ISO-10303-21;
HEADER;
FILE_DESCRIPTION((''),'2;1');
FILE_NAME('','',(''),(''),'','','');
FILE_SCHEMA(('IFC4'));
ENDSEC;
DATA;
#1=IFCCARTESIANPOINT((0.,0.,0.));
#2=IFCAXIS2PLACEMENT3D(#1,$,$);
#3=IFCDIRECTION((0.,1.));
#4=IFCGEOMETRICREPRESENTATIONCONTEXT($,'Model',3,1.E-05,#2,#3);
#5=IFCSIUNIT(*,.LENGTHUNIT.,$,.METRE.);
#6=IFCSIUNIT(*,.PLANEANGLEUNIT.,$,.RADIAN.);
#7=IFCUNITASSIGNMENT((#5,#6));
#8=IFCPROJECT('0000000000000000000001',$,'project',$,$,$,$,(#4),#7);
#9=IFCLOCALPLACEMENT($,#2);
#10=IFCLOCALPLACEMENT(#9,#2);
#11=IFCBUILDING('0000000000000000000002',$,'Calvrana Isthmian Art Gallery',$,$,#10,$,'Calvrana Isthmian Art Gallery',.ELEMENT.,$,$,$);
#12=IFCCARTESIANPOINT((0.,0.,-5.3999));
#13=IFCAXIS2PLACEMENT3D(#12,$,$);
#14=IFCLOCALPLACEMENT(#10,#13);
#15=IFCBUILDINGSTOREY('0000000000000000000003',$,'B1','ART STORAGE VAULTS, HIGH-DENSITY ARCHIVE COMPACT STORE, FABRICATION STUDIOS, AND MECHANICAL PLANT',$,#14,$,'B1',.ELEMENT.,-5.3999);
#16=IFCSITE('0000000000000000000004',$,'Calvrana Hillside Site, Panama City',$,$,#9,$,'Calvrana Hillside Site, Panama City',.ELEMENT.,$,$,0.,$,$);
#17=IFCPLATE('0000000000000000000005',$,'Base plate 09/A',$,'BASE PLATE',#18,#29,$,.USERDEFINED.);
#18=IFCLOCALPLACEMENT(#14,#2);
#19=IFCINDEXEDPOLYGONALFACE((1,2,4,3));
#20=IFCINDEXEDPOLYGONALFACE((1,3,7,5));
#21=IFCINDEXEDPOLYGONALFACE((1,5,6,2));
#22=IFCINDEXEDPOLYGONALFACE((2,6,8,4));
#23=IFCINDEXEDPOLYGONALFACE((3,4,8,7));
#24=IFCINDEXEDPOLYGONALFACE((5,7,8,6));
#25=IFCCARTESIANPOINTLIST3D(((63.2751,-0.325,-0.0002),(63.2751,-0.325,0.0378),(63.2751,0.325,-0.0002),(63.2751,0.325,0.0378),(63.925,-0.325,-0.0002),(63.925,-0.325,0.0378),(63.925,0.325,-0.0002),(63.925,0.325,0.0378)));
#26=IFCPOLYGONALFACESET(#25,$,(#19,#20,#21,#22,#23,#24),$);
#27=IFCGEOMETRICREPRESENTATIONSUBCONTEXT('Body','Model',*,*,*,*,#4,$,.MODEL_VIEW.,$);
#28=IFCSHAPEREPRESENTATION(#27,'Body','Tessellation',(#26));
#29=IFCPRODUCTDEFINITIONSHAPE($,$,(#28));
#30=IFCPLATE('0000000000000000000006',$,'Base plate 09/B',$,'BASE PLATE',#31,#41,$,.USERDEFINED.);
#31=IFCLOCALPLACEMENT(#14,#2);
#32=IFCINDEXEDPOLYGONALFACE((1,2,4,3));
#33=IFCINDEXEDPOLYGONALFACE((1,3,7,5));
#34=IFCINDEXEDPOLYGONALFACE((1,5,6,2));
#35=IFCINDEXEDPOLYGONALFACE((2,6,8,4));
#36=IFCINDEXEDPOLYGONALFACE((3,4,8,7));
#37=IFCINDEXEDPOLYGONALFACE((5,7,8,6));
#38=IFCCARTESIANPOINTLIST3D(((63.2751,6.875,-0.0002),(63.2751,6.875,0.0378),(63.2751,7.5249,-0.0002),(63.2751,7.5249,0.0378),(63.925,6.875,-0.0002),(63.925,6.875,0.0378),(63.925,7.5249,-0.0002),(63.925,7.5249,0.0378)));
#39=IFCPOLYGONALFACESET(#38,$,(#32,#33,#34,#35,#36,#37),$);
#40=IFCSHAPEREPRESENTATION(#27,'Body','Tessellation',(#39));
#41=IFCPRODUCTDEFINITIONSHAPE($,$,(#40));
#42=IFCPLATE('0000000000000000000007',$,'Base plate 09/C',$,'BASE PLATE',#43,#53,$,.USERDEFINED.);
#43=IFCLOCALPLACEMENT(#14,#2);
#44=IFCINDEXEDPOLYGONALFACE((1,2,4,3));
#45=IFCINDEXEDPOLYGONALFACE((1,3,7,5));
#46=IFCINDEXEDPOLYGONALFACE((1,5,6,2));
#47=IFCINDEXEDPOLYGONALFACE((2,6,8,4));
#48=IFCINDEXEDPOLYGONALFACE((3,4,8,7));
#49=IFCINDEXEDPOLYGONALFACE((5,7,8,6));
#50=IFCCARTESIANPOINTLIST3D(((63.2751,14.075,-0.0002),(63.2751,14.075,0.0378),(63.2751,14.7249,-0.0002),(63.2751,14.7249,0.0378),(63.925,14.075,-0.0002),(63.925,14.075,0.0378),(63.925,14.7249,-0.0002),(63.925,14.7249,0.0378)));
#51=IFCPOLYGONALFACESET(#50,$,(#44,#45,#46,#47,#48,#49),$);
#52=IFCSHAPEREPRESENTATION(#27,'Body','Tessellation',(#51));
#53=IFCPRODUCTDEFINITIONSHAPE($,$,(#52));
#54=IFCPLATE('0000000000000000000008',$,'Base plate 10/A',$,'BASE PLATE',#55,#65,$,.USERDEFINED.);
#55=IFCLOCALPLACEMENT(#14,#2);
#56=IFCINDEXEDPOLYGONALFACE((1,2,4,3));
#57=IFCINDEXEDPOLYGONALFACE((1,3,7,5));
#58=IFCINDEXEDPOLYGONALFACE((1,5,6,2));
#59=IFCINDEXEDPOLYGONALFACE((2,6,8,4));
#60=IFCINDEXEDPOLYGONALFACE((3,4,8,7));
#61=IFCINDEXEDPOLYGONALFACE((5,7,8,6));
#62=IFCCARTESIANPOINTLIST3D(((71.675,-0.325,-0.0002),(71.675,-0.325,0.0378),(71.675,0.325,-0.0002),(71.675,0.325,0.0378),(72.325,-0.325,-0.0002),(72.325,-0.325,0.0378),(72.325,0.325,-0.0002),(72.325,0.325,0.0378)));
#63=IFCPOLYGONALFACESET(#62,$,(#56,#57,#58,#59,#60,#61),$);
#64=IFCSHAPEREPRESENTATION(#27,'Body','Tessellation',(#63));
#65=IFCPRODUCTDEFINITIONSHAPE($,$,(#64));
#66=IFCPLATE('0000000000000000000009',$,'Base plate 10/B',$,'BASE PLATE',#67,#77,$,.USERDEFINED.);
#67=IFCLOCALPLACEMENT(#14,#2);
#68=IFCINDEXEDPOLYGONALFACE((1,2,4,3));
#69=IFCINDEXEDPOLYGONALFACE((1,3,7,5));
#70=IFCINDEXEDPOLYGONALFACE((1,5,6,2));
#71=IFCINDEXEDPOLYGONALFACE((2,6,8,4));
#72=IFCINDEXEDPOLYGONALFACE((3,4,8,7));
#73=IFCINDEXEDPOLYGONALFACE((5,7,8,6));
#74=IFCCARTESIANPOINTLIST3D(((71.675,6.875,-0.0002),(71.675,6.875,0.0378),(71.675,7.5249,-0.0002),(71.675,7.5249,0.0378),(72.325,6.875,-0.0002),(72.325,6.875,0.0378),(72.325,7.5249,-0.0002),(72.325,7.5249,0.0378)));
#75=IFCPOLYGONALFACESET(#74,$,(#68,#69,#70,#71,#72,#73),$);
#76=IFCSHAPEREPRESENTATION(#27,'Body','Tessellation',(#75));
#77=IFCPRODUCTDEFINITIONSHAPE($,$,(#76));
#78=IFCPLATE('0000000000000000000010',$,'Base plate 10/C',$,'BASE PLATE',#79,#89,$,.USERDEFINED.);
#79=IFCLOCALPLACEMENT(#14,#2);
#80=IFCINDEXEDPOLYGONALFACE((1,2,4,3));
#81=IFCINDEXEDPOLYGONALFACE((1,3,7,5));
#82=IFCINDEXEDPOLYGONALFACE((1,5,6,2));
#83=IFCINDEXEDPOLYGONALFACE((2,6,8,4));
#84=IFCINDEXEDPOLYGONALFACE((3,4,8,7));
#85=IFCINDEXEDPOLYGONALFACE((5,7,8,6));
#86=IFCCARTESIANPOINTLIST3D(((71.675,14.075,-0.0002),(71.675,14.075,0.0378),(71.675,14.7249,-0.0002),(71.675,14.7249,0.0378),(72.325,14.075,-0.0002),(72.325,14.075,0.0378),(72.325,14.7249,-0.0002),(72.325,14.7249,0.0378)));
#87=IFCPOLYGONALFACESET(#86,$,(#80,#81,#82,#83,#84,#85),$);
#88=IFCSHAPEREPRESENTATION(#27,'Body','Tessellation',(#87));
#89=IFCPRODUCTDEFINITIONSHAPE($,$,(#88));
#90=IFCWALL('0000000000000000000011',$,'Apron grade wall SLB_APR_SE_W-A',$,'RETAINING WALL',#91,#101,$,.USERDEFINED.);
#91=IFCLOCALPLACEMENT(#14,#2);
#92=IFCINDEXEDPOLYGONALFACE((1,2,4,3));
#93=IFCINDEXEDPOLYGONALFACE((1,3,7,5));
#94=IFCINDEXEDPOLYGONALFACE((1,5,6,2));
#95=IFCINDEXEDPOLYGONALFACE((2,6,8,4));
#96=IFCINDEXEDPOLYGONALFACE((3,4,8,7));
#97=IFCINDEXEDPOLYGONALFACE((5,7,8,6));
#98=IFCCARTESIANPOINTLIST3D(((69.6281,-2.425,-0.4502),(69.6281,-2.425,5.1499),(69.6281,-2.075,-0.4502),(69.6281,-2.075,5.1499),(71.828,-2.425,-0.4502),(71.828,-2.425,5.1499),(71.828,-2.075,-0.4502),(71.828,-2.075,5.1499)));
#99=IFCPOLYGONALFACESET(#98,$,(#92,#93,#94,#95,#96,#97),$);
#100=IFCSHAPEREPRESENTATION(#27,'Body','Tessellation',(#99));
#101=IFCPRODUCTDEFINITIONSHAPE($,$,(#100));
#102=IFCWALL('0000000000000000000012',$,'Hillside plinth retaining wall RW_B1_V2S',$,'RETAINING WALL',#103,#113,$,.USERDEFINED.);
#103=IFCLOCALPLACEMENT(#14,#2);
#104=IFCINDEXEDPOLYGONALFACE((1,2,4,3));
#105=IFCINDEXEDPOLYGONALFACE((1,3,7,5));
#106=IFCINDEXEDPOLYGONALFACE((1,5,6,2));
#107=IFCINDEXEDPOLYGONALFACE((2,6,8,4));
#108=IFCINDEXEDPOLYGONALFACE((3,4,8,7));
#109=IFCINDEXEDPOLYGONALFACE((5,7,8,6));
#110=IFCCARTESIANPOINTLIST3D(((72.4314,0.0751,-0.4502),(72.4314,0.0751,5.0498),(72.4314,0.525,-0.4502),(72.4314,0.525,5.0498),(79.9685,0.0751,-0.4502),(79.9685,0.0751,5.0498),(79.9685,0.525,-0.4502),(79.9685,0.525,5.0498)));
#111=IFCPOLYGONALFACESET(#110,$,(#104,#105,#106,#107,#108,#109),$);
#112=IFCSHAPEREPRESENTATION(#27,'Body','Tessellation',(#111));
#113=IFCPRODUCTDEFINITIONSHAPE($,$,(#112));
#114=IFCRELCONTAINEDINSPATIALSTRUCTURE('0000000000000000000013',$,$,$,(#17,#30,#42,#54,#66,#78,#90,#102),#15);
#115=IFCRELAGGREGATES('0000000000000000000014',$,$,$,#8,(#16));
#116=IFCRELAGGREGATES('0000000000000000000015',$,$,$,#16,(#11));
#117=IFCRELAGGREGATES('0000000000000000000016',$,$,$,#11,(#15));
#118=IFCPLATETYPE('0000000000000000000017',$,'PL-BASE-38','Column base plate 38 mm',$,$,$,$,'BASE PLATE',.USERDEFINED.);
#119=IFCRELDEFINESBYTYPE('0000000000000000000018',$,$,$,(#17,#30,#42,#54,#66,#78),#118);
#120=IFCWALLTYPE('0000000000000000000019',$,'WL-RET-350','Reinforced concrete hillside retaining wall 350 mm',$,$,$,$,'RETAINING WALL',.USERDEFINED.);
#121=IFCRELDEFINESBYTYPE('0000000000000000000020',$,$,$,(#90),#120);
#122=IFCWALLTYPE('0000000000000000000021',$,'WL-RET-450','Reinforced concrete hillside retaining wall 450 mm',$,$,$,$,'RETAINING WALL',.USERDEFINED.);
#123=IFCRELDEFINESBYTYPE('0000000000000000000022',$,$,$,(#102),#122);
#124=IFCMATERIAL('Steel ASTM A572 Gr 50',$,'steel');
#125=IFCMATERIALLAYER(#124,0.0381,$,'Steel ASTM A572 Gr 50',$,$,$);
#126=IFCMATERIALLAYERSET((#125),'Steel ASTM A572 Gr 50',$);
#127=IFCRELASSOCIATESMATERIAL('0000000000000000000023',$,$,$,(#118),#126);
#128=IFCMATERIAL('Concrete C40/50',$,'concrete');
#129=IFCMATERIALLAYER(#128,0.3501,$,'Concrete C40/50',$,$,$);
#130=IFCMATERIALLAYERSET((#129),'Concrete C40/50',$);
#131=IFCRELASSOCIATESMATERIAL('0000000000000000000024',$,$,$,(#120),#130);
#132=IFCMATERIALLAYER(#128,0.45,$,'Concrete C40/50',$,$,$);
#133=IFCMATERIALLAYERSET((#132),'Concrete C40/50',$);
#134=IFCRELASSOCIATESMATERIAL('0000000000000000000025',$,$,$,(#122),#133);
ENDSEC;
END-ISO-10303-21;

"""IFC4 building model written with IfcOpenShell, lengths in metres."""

from ifc_helpers import new_model, si_unit, direction, frame, frame_2d, origin, origin_2d, place, context, subcontext, project, spatial, rectangle, extrude, material, layer, layer_set, type_object, element, save


model = new_model("IFC4")

# Units and contexts
model_context = context("Model", 3, precision=1e-05, world=origin(), true_north=direction((0.0, 1.0)))
body_context = subcontext(model_context, "Body", "Model", "MODEL_VIEW")
ifc_project = project(units=[si_unit("LENGTHUNIT", "METRE"), si_unit("PLANEANGLEUNIT", "RADIAN")], contexts=[model_context])

# Site, building, storey
site_placement = place(None, origin())
site = spatial("IfcSite", under=ifc_project, at=site_placement, Name="Calvrana Hillside Site, Panama City", LongName="Calvrana Hillside Site, Panama City", CompositionType="ELEMENT", RefElevation=0.0)
building_placement = place(site_placement, origin())
building = spatial("IfcBuilding", under=site, at=building_placement, Name="Calvrana Isthmian Art Gallery", LongName="Calvrana Isthmian Art Gallery", CompositionType="ELEMENT")
storey_placement = place(building_placement, frame((0.0, 0.0, -5.3999)))
storey = spatial("IfcBuildingStorey", under=building, at=storey_placement, Name="B1", Description="ART STORAGE VAULTS, HIGH-DENSITY ARCHIVE COMPACT STORE, FABRICATION STUDIOS, AND MECHANICAL PLANT", LongName="B1", CompositionType="ELEMENT", Elevation=-5.3999)

# Plates
ifc_material_1 = material(Name="Steel ASTM A572 Gr 50", Category="steel")
ifc_layer_1 = layer(ifc_material_1, 0.0381, Name="Steel ASTM A572 Gr 50")
ifc_layer_set_1 = layer_set([ifc_layer_1], Name="Steel ASTM A572 Gr 50")
plate_type = type_object("IfcPlateType", Name="PL-BASE-38", Description="Column base plate 38 mm", ElementType="BASE PLATE", PredefinedType="USERDEFINED", material=ifc_layer_set_1)
for number, where, z_axis, x_axis, name in (
    (1, (63.6001, 0.0, -0.0002), (0.0, 0.0, 1.0), (1.0, 0.0, 0.0), "Base plate 09/A"),
    (2, (63.6001, 7.2, -0.0002), (0.0, 0.0, 1.0), (1.0, 0.0, 0.0), "Base plate 09/B"),
    (3, (63.6001, 14.3999, -0.0002), (0.0, 0.0, 1.0), (1.0, 0.0, 0.0), "Base plate 09/C"),
    (4, (72.0, 0.0, -0.0002), (0.0, 0.0, 1.0), (1.0, 0.0, 0.0), "Base plate 10/A"),
    (5, (72.0, 7.2, -0.0002), (0.0, 0.0, 1.0), (1.0, 0.0, 0.0), "Base plate 10/B"),
    (6, (72.0, 14.3999, -0.0002), (0.0, 0.0, 1.0), (1.0, 0.0, 0.0), "Base plate 10/C"),
):
    element("IfcPlate", number, at=place(storey_placement, frame(where, z_axis=z_axis, x_axis=x_axis)), inside=storey, type_object=plate_type, Name=name, ObjectType="BASE PLATE", PredefinedType="USERDEFINED", context=body_context, shape_type="SweptSolid", body=[
        extrude(rectangle(XDim=0.6499, YDim=0.6499, at=origin_2d()), origin(), (0.0, 0.0, 1.0), 0.0381),
    ])

# Walls
ifc_material_2 = material(Name="Concrete C40/50", Category="concrete")
ifc_layer_2 = layer(ifc_material_2, 0.3501, Name="Concrete C40/50")
ifc_layer_set_2 = layer_set([ifc_layer_2], Name="Concrete C40/50")
wall_type_1 = type_object("IfcWallType", Name="WL-RET-350", Description="Reinforced concrete hillside retaining wall 350 mm", ElementType="RETAINING WALL", PredefinedType="USERDEFINED", material=ifc_layer_set_2)
wall_1_placement = place(storey_placement, frame((69.6279, -2.25, -0.4502), z_axis=(0.0, 0.0, 1.0), x_axis=(1.0, 0.0, 0.0)))
element("IfcWall", 7, at=wall_1_placement, inside=storey, type_object=wall_type_1, Name="Apron grade wall SLB_APR_SE_W-A", ObjectType="RETAINING WALL", PredefinedType="USERDEFINED", context=body_context, shape_type="SweptSolid", body=[
    extrude(rectangle(XDim=2.2, YDim=0.3501, at=frame_2d((1.1001, 0.0))), origin(), (0.0, 0.0, 1.0), 5.6001),
])
ifc_layer_3 = layer(ifc_material_2, 0.45, Name="Concrete C40/50")
ifc_layer_set_3 = layer_set([ifc_layer_3], Name="Concrete C40/50")
wall_type_2 = type_object("IfcWallType", Name="WL-RET-450", Description="Reinforced concrete hillside retaining wall 450 mm", ElementType="RETAINING WALL", PredefinedType="USERDEFINED", material=ifc_layer_set_3)
wall_2_placement = place(storey_placement, frame((72.4314, 0.3, -0.4502), z_axis=(0.0, 0.0, 1.0), x_axis=(1.0, 0.0, 0.0)))
element("IfcWall", 8, at=wall_2_placement, inside=storey, type_object=wall_type_2, Name="Hillside plinth retaining wall RW_B1_V2S", ObjectType="RETAINING WALL", PredefinedType="USERDEFINED", context=body_context, shape_type="SweptSolid", body=[
    extrude(rectangle(XDim=7.5371, YDim=0.45, at=frame_2d((3.7686, 0.0))), origin(), (0.0, 0.0, 1.0), 5.5),
])

save(model, "model.ifc")
